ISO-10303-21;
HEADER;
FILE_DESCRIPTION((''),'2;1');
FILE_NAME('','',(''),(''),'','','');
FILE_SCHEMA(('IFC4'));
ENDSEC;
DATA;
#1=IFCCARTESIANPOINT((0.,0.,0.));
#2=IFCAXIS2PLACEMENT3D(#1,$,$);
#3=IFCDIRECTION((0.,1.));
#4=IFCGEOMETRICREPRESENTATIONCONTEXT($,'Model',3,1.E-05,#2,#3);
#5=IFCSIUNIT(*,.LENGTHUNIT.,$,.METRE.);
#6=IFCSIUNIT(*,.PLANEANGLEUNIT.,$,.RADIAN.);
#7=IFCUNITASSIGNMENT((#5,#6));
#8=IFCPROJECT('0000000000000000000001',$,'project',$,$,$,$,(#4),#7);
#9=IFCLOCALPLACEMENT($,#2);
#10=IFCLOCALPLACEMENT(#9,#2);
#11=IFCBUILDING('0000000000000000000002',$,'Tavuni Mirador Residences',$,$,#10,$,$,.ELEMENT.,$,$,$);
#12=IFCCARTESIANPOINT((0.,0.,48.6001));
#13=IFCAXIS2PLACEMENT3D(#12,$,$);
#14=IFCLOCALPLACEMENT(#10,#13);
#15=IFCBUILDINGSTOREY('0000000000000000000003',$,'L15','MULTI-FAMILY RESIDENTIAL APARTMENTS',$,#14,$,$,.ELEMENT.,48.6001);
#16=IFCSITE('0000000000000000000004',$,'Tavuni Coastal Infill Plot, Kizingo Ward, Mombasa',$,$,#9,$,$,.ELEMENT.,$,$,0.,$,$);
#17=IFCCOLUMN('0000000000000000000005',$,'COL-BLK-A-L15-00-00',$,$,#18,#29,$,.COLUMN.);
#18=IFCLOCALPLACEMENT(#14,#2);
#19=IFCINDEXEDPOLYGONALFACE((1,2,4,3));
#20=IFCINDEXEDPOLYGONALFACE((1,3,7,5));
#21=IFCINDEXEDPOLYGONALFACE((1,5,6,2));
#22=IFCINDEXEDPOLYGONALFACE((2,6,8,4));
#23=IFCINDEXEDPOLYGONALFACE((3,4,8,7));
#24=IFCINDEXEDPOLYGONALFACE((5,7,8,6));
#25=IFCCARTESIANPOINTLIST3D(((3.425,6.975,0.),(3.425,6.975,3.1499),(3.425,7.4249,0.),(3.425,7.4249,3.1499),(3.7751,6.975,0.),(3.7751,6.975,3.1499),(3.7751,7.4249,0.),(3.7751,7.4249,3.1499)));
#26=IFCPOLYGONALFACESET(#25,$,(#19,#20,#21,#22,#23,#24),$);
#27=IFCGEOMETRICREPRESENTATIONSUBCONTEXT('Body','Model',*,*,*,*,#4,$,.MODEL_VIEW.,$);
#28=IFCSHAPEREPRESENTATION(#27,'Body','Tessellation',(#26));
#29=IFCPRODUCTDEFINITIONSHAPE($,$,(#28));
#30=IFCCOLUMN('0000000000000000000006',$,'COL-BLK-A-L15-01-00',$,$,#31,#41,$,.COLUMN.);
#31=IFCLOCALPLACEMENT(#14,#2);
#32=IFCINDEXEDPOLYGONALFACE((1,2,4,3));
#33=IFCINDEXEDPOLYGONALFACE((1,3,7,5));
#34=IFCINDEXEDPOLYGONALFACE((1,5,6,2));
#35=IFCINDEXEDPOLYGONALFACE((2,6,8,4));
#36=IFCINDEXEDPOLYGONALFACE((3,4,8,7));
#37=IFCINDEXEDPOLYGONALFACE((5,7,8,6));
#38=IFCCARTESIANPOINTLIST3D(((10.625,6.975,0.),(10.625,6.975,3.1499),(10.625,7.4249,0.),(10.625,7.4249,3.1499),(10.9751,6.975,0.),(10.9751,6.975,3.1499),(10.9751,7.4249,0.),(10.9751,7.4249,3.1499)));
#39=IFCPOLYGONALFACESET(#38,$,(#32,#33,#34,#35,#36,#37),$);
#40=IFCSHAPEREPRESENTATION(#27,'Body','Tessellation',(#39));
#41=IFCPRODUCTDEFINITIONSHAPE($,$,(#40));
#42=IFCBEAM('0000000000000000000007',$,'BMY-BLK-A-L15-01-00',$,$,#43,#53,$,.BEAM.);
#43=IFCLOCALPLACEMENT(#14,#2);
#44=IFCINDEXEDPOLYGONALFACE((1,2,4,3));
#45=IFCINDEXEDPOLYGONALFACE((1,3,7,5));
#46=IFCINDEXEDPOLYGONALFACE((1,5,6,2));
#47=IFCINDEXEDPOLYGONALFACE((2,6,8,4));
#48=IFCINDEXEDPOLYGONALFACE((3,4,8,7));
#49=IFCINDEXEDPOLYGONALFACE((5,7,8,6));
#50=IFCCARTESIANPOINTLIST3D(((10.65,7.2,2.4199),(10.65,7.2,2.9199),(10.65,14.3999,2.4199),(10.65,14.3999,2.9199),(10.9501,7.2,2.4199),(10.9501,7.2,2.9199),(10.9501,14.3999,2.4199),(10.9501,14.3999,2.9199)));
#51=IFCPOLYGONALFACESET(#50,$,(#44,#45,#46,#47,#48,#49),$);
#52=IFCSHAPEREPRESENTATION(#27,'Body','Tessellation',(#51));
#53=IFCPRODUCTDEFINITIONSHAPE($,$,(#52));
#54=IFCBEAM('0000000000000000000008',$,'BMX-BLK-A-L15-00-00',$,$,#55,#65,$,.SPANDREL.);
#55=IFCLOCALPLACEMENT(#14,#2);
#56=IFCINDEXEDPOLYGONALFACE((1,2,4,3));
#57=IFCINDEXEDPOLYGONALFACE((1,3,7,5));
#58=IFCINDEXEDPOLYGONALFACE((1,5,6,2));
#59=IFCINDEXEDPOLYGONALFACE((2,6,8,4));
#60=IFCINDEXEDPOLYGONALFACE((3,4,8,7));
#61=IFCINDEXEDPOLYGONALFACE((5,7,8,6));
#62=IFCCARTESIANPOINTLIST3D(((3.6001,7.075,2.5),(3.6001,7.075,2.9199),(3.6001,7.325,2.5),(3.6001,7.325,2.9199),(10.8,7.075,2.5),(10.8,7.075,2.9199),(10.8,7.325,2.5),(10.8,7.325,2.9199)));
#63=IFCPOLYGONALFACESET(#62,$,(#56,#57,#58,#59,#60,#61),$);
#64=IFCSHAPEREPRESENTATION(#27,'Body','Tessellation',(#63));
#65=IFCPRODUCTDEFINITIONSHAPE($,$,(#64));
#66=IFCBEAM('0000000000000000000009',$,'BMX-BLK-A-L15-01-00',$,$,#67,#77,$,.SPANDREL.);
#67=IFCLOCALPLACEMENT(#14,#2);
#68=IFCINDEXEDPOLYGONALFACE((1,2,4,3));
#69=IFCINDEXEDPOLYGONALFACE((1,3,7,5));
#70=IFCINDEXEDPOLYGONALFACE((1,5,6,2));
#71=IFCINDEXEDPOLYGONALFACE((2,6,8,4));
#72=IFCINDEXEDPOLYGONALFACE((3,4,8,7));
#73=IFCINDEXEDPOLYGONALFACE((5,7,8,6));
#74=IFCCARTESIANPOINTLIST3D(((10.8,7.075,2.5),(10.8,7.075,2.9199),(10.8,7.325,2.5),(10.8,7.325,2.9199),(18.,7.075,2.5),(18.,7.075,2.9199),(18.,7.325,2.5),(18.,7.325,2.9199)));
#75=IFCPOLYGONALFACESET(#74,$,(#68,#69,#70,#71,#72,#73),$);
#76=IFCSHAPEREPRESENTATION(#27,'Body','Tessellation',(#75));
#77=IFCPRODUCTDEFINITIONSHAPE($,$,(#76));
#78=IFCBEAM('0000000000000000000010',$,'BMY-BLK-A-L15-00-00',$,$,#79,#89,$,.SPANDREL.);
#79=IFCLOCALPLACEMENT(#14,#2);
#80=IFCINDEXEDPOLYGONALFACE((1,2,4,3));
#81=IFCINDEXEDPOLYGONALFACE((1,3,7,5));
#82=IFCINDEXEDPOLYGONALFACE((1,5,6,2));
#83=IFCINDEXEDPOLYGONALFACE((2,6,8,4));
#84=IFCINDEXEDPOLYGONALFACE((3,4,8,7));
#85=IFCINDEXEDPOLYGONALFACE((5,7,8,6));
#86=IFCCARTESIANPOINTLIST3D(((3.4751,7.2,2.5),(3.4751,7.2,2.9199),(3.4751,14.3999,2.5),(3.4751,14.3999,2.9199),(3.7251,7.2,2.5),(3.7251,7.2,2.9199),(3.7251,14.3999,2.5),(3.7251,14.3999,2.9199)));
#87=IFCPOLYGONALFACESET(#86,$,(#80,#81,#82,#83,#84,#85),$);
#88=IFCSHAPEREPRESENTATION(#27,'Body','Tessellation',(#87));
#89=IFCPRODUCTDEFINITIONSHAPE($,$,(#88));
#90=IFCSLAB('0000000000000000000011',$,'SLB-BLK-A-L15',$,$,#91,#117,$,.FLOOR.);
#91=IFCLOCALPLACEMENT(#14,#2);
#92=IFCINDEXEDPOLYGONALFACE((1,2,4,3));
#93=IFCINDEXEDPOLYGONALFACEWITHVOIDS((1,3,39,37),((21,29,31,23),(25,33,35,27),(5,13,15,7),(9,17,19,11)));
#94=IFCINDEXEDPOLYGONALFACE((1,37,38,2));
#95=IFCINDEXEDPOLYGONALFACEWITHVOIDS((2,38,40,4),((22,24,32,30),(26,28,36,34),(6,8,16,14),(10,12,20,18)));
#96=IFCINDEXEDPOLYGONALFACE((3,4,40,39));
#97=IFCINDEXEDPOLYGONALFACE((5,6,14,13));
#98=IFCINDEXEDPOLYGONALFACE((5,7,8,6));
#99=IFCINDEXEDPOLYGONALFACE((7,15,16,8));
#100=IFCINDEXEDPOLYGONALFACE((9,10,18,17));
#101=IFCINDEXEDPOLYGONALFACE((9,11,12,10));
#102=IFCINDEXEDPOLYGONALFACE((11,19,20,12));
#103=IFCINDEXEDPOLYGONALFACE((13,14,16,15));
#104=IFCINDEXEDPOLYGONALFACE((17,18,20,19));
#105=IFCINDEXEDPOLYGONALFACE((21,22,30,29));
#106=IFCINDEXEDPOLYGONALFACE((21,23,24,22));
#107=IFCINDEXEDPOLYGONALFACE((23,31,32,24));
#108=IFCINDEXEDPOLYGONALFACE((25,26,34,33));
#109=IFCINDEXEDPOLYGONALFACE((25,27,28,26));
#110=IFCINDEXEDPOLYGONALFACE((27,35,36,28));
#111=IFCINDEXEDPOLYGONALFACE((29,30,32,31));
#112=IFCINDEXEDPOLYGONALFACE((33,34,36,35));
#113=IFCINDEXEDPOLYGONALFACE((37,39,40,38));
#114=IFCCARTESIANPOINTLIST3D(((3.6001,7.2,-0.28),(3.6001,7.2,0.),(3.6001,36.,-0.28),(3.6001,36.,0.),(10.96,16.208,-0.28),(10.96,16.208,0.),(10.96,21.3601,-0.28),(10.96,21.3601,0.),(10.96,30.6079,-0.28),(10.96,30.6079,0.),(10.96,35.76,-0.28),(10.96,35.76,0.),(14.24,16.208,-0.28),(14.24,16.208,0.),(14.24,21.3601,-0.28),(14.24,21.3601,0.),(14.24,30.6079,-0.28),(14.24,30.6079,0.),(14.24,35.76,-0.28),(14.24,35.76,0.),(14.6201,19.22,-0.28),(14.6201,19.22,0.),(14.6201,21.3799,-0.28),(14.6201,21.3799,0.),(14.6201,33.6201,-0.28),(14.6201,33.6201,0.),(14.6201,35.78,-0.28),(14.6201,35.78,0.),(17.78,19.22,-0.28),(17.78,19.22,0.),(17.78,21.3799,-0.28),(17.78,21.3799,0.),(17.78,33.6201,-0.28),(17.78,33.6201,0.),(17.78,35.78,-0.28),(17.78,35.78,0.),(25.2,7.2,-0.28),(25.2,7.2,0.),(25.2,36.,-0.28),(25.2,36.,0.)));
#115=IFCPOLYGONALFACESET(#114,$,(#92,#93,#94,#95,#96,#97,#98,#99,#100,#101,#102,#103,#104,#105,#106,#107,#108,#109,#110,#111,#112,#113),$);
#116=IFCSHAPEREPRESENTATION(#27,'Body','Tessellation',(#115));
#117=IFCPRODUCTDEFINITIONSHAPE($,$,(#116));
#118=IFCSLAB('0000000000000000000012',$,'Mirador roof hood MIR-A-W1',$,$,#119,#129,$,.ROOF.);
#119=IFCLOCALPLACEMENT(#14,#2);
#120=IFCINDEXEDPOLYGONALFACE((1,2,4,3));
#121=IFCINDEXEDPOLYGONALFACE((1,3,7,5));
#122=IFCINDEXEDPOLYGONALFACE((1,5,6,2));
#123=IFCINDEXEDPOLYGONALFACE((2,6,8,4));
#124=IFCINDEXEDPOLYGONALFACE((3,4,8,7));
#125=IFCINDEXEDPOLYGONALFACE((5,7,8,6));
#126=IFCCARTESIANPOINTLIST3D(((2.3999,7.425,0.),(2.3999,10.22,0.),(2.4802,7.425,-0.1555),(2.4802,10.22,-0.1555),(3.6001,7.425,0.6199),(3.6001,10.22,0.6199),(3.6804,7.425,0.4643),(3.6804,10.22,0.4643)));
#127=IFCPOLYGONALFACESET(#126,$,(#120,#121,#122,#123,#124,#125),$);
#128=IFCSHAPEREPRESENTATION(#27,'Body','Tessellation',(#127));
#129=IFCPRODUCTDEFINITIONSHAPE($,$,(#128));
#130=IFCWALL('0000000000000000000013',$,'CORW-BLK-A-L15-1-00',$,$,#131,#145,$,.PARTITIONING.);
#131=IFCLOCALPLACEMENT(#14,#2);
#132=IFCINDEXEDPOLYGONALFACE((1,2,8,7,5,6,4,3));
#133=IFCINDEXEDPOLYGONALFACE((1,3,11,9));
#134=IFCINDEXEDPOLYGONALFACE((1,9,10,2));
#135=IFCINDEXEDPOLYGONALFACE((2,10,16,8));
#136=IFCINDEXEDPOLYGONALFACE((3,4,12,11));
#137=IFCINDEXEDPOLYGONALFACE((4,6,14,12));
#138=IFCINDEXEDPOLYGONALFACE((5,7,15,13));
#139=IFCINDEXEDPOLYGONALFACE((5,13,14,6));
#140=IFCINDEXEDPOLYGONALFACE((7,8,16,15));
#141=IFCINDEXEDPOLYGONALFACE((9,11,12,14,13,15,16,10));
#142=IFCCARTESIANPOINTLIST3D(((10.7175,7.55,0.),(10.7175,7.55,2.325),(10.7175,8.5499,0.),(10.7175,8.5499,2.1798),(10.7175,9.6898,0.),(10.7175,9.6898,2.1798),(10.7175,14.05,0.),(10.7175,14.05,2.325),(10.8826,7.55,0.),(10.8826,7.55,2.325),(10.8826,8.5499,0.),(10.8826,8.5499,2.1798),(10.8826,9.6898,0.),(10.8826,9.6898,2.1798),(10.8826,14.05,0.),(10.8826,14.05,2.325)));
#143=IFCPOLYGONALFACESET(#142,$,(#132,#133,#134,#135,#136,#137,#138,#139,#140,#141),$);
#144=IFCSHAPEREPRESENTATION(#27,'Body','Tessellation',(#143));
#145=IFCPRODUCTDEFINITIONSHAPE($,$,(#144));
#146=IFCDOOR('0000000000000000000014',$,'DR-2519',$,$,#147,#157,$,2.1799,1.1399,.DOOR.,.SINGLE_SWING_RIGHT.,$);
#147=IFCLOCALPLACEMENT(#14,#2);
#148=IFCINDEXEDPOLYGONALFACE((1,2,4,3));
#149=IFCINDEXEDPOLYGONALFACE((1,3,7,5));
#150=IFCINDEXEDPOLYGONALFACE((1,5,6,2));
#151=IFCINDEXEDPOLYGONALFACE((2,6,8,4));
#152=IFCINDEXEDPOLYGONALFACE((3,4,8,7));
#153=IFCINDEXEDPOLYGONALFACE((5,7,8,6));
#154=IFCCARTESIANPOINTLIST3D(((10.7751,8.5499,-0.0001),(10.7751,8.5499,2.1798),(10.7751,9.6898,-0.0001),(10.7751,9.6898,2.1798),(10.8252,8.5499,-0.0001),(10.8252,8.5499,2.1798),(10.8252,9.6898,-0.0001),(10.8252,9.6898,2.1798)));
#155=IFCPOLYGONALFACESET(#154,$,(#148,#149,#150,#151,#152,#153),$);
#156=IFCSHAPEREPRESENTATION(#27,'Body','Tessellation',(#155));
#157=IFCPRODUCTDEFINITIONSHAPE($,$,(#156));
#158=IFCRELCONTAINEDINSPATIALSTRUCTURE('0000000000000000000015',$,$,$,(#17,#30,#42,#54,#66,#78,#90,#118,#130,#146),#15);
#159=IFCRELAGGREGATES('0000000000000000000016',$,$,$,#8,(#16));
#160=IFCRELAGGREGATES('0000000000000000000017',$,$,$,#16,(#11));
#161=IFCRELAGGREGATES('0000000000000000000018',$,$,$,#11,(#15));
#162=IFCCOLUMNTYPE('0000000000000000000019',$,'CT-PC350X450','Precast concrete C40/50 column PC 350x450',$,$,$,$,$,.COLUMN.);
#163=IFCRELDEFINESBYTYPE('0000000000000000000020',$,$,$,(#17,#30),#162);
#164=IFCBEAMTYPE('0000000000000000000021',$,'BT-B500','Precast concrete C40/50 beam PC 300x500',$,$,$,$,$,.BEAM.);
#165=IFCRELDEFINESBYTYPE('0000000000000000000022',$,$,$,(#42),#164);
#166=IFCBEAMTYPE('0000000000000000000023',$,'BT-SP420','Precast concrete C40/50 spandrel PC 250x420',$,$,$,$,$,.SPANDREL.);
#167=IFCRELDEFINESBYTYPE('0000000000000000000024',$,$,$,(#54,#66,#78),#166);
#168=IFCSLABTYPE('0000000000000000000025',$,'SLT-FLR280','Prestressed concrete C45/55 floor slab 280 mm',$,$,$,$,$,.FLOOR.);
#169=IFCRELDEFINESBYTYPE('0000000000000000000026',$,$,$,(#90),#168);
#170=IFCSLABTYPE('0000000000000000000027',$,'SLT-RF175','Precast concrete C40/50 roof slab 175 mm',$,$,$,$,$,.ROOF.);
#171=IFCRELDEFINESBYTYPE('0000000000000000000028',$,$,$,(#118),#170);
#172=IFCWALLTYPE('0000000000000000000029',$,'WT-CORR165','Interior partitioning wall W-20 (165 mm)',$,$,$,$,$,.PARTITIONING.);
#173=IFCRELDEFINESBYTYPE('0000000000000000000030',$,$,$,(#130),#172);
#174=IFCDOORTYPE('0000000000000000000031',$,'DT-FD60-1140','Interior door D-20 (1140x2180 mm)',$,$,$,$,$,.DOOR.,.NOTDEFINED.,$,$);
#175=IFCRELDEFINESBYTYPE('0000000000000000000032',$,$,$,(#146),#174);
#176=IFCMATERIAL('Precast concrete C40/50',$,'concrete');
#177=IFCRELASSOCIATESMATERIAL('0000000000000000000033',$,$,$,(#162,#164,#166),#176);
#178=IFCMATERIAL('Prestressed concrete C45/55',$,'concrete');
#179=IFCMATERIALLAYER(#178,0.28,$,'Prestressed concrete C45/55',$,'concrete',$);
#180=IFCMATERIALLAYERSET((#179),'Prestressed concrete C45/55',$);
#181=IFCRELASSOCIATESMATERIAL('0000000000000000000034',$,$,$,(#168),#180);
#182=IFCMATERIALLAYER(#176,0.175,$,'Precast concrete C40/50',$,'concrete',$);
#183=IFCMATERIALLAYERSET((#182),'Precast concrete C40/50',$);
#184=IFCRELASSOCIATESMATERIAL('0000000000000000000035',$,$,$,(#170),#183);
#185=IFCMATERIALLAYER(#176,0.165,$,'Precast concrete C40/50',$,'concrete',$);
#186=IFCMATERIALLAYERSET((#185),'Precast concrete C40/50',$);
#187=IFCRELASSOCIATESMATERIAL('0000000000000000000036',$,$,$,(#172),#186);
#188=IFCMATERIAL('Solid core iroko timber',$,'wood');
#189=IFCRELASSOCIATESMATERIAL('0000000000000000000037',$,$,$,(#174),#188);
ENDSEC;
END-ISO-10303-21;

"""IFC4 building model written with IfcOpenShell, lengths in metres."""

from ifc_helpers import new_model, si_unit, direction, frame, frame_2d, origin, origin_2d, place, context, subcontext, project, spatial, polyline, rectangle, outline, extrude, material, layer, layer_set, material_profile, profile_set, type_object, element, fill, save


model = new_model("IFC4")

# Units and contexts
model_context = context("Model", 3, precision=1e-05, world=origin(), true_north=direction((0.0, 1.0)))
body_context = subcontext(model_context, "Body", "Model", "MODEL_VIEW")
ifc_project = project(units=[si_unit("LENGTHUNIT", "METRE"), si_unit("PLANEANGLEUNIT", "RADIAN")], contexts=[model_context])

# Site, building, storey
site_placement = place(None, origin())
site = spatial("IfcSite", under=ifc_project, at=site_placement, Name="Tavuni Coastal Infill Plot, Kizingo Ward, Mombasa", CompositionType="ELEMENT", RefElevation=0.0)
building_placement = place(site_placement, origin())
building = spatial("IfcBuilding", under=site, at=building_placement, Name="Tavuni Mirador Residences", CompositionType="ELEMENT")
storey_placement = place(building_placement, frame((0.0, 0.0, 48.6001)))
storey = spatial("IfcBuildingStorey", under=building, at=storey_placement, Name="L15", Description="MULTI-FAMILY RESIDENTIAL APARTMENTS", CompositionType="ELEMENT", Elevation=48.6001)

# Columns
ifc_material_1 = material(Name="Precast concrete C40/50", Category="concrete")
ifc_material_profile_1 = material_profile(ifc_material_1, rectangle(XDim=0.3501, YDim=0.45, at=origin_2d()), Name="PC 350x450", Category="concrete")
ifc_profile_set_1 = profile_set([ifc_material_profile_1], Name="Precast concrete C40/50")
column_type = type_object("IfcColumnType", Name="CT-PC350X450", Description="Precast concrete C40/50 column PC 350x450", PredefinedType="COLUMN", material=ifc_profile_set_1)
for number, where, z_axis, x_axis, name in (
    (1, (3.6001, 7.2, 0.0), (0.0, 0.0, 1.0), (1.0, 0.0, 0.0), "COL-BLK-A-L15-00-00"),
    (2, (10.8, 7.2, 0.0), (0.0, 0.0, 1.0), (1.0, 0.0, 0.0), "COL-BLK-A-L15-01-00"),
):
    element("IfcColumn", number, at=place(storey_placement, frame(where, z_axis=z_axis, x_axis=x_axis)), inside=storey, type_object=column_type, Name=name, PredefinedType="COLUMN", context=body_context, shape_type="SweptSolid", body=[
        extrude(rectangle(XDim=0.3501, YDim=0.45, at=origin_2d()), origin(), (0.0, 0.0, 1.0), 3.1499),
    ])

# Beams
ifc_material_profile_2 = material_profile(ifc_material_1, rectangle(XDim=0.3, YDim=0.5, at=origin_2d()), Name="PC 300x500", Category="concrete")
ifc_profile_set_2 = profile_set([ifc_material_profile_2], Name="Precast concrete C40/50")
beam_type_1 = type_object("IfcBeamType", Name="BT-B500", Description="Precast concrete C40/50 beam PC 300x500", PredefinedType="BEAM", material=ifc_profile_set_2)
beam_placement = place(storey_placement, frame((10.8, 7.2, 2.6699), z_axis=(0.0, 1.0, 0.0), x_axis=(-1.0, 0.0, 0.0)))
element("IfcBeam", 3, at=beam_placement, inside=storey, type_object=beam_type_1, Name="BMY-BLK-A-L15-01-00", PredefinedType="BEAM", context=body_context, shape_type="SweptSolid", body=[
    extrude(rectangle(XDim=0.3, YDim=0.5, at=origin_2d()), origin(), (0.0, 0.0, 1.0), 7.2),
])
ifc_material_profile_3 = material_profile(ifc_material_1, rectangle(XDim=0.25, YDim=0.4199, at=origin_2d()), Name="PC 250x420", Category="concrete")
ifc_profile_set_3 = profile_set([ifc_material_profile_3], Name="Precast concrete C40/50")
beam_type_2 = type_object("IfcBeamType", Name="BT-SP420", Description="Precast concrete C40/50 spandrel PC 250x420", PredefinedType="SPANDREL", material=ifc_profile_set_3)
for number, where, z_axis, x_axis, name in (
    (4, (3.6001, 7.2, 2.71), (1.0, 0.0, 0.0), (0.0, 1.0, 0.0), "BMX-BLK-A-L15-00-00"),
    (5, (10.8, 7.2, 2.71), (1.0, 0.0, 0.0), (0.0, 1.0, 0.0), "BMX-BLK-A-L15-01-00"),
    (6, (3.6001, 7.2, 2.71), (0.0, 1.0, 0.0), (-1.0, 0.0, 0.0), "BMY-BLK-A-L15-00-00"),
):
    element("IfcBeam", number, at=place(storey_placement, frame(where, z_axis=z_axis, x_axis=x_axis)), inside=storey, type_object=beam_type_2, Name=name, PredefinedType="SPANDREL", context=body_context, shape_type="SweptSolid", body=[
        extrude(rectangle(XDim=0.25, YDim=0.4199, at=origin_2d()), origin(), (0.0, 0.0, 1.0), 7.2),
    ])

# Slabs
ifc_material_2 = material(Name="Prestressed concrete C45/55", Category="concrete")
ifc_layer_1 = layer(ifc_material_2, 0.28, Name="Prestressed concrete C45/55", Category="concrete")
ifc_layer_set_1 = layer_set([ifc_layer_1], Name="Prestressed concrete C45/55")
slab_type_1 = type_object("IfcSlabType", Name="SLT-FLR280", Description="Prestressed concrete C45/55 floor slab 280 mm", PredefinedType="FLOOR", material=ifc_layer_set_1)
slab_1_placement = place(storey_placement, frame((0.0, 0.0, -0.28)))
element("IfcSlab", 7, at=slab_1_placement, inside=storey, type_object=slab_type_1, Name="SLB-BLK-A-L15", PredefinedType="FLOOR", context=body_context, shape_type="SweptSolid", body=[
    extrude(outline(polyline([(3.6001, 7.2), (25.2, 7.2), (25.2, 36.0), (3.6001, 36.0), (3.6001, 7.2)]), holes=[polyline([(10.96, 16.208), (14.24, 16.208), (14.24, 21.3601), (10.96, 21.3601), (10.96, 16.208)]), polyline([(14.6201, 19.22), (17.78, 19.22), (17.78, 21.3799), (14.6201, 21.3799), (14.6201, 19.22)]), polyline([(10.96, 30.6079), (14.24, 30.6079), (14.24, 35.76), (10.96, 35.76), (10.96, 30.6079)]), polyline([(14.6201, 33.6201), (17.78, 33.6201), (17.78, 35.78), (14.6201, 35.78), (14.6201, 33.6201)])]), origin(), (0.0, 0.0, 1.0), 0.28),
])
ifc_layer_2 = layer(ifc_material_1, 0.175, Name="Precast concrete C40/50", Category="concrete")
ifc_layer_set_2 = layer_set([ifc_layer_2], Name="Precast concrete C40/50")
slab_type_2 = type_object("IfcSlabType", Name="SLT-RF175", Description="Precast concrete C40/50 roof slab 175 mm", PredefinedType="ROOF", material=ifc_layer_set_2)
slab_2_placement = place(storey_placement, frame((3.6001, 7.425, 0.6199), z_axis=(-0.458887, 0.0, 0.888495), x_axis=(0.0, 1.0, 0.0)))
element("IfcSlab", 8, at=slab_2_placement, inside=storey, type_object=slab_type_2, Name="Mirador roof hood MIR-A-W1", PredefinedType="ROOF", context=body_context, shape_type="SweptSolid", body=[
    extrude(outline(polyline([(0.0, 0.0), (2.7949, 0.0), (2.7949, 1.3508), (0.0, 1.3508), (0.0, 0.0)])), origin(), (0.0, 0.0, -1.0), 0.175),
])

# Wall, opening, door
ifc_layer_3 = layer(ifc_material_1, 0.165, Name="Precast concrete C40/50", Category="concrete")
ifc_layer_set_3 = layer_set([ifc_layer_3], Name="Precast concrete C40/50")
wall_type_1 = type_object("IfcWallType", Name="WT-CORR165", Description="Interior partitioning wall W-20 (165 mm)", PredefinedType="PARTITIONING", material=ifc_layer_set_3)
wall_1_placement = place(storey_placement, frame((10.8, 7.55, 0.0), z_axis=(0.0, 0.0, 1.0), x_axis=(0.0, 1.0, 0.0)))
wall_1 = element("IfcWall", 9, at=wall_1_placement, inside=storey, type_object=wall_type_1, Name="CORW-BLK-A-L15-1-00", PredefinedType="PARTITIONING", context=body_context, shape_type="SweptSolid", body=[
    extrude(rectangle(XDim=6.5, YDim=0.165, at=frame_2d((3.25, 0.0))), origin(), (0.0, 0.0, 1.0), 2.325),
])
opening_1_placement = place(wall_1_placement, frame((1.0, 0.0, 0.0)))
opening_1 = element("IfcOpeningElement", 10, at=opening_1_placement, cuts=wall_1, PredefinedType="OPENING", context=body_context, shape_type="SweptSolid", body=[
    extrude(rectangle(XDim=1.1399, YDim=2.1799, at=frame_2d((0.5698, 1.0898))), frame((0.0, 0.0925, 0.0), z_axis=(0.0, -1.0, 0.0), x_axis=(1.0, 0.0, 0.0)), (0.0, 0.0, 1.0), 0.1851),
])
ifc_material_3 = material(Name="Solid core iroko timber", Category="wood")
door_type_1 = type_object("IfcDoorType", Name="DT-FD60-1140", Description="Interior door D-20 (1140x2180 mm)", OperationType="NOTDEFINED", PredefinedType="DOOR", material=ifc_material_3)
door_1_placement = place(opening_1_placement, origin())
door_1 = element("IfcDoor", 11, at=door_1_placement, inside=storey, type_object=door_type_1, Name="DR-2519", OperationType="SINGLE_SWING_RIGHT", OverallHeight=2.1799, OverallWidth=1.1399, PredefinedType="DOOR", context=body_context, shape_type="SweptSolid", body=[
    extrude(rectangle(XDim=1.1399, YDim=2.1799, at=frame_2d((0.5698, 1.0898))), frame((0.0, 0.0249, 0.0), z_axis=(0.0, -1.0, 0.0), x_axis=(1.0, 0.0, 0.0)), (0.0, 0.0, 1.0), 0.05),
])
fill(opening_1, door_1)

save(model, "model.ifc")
